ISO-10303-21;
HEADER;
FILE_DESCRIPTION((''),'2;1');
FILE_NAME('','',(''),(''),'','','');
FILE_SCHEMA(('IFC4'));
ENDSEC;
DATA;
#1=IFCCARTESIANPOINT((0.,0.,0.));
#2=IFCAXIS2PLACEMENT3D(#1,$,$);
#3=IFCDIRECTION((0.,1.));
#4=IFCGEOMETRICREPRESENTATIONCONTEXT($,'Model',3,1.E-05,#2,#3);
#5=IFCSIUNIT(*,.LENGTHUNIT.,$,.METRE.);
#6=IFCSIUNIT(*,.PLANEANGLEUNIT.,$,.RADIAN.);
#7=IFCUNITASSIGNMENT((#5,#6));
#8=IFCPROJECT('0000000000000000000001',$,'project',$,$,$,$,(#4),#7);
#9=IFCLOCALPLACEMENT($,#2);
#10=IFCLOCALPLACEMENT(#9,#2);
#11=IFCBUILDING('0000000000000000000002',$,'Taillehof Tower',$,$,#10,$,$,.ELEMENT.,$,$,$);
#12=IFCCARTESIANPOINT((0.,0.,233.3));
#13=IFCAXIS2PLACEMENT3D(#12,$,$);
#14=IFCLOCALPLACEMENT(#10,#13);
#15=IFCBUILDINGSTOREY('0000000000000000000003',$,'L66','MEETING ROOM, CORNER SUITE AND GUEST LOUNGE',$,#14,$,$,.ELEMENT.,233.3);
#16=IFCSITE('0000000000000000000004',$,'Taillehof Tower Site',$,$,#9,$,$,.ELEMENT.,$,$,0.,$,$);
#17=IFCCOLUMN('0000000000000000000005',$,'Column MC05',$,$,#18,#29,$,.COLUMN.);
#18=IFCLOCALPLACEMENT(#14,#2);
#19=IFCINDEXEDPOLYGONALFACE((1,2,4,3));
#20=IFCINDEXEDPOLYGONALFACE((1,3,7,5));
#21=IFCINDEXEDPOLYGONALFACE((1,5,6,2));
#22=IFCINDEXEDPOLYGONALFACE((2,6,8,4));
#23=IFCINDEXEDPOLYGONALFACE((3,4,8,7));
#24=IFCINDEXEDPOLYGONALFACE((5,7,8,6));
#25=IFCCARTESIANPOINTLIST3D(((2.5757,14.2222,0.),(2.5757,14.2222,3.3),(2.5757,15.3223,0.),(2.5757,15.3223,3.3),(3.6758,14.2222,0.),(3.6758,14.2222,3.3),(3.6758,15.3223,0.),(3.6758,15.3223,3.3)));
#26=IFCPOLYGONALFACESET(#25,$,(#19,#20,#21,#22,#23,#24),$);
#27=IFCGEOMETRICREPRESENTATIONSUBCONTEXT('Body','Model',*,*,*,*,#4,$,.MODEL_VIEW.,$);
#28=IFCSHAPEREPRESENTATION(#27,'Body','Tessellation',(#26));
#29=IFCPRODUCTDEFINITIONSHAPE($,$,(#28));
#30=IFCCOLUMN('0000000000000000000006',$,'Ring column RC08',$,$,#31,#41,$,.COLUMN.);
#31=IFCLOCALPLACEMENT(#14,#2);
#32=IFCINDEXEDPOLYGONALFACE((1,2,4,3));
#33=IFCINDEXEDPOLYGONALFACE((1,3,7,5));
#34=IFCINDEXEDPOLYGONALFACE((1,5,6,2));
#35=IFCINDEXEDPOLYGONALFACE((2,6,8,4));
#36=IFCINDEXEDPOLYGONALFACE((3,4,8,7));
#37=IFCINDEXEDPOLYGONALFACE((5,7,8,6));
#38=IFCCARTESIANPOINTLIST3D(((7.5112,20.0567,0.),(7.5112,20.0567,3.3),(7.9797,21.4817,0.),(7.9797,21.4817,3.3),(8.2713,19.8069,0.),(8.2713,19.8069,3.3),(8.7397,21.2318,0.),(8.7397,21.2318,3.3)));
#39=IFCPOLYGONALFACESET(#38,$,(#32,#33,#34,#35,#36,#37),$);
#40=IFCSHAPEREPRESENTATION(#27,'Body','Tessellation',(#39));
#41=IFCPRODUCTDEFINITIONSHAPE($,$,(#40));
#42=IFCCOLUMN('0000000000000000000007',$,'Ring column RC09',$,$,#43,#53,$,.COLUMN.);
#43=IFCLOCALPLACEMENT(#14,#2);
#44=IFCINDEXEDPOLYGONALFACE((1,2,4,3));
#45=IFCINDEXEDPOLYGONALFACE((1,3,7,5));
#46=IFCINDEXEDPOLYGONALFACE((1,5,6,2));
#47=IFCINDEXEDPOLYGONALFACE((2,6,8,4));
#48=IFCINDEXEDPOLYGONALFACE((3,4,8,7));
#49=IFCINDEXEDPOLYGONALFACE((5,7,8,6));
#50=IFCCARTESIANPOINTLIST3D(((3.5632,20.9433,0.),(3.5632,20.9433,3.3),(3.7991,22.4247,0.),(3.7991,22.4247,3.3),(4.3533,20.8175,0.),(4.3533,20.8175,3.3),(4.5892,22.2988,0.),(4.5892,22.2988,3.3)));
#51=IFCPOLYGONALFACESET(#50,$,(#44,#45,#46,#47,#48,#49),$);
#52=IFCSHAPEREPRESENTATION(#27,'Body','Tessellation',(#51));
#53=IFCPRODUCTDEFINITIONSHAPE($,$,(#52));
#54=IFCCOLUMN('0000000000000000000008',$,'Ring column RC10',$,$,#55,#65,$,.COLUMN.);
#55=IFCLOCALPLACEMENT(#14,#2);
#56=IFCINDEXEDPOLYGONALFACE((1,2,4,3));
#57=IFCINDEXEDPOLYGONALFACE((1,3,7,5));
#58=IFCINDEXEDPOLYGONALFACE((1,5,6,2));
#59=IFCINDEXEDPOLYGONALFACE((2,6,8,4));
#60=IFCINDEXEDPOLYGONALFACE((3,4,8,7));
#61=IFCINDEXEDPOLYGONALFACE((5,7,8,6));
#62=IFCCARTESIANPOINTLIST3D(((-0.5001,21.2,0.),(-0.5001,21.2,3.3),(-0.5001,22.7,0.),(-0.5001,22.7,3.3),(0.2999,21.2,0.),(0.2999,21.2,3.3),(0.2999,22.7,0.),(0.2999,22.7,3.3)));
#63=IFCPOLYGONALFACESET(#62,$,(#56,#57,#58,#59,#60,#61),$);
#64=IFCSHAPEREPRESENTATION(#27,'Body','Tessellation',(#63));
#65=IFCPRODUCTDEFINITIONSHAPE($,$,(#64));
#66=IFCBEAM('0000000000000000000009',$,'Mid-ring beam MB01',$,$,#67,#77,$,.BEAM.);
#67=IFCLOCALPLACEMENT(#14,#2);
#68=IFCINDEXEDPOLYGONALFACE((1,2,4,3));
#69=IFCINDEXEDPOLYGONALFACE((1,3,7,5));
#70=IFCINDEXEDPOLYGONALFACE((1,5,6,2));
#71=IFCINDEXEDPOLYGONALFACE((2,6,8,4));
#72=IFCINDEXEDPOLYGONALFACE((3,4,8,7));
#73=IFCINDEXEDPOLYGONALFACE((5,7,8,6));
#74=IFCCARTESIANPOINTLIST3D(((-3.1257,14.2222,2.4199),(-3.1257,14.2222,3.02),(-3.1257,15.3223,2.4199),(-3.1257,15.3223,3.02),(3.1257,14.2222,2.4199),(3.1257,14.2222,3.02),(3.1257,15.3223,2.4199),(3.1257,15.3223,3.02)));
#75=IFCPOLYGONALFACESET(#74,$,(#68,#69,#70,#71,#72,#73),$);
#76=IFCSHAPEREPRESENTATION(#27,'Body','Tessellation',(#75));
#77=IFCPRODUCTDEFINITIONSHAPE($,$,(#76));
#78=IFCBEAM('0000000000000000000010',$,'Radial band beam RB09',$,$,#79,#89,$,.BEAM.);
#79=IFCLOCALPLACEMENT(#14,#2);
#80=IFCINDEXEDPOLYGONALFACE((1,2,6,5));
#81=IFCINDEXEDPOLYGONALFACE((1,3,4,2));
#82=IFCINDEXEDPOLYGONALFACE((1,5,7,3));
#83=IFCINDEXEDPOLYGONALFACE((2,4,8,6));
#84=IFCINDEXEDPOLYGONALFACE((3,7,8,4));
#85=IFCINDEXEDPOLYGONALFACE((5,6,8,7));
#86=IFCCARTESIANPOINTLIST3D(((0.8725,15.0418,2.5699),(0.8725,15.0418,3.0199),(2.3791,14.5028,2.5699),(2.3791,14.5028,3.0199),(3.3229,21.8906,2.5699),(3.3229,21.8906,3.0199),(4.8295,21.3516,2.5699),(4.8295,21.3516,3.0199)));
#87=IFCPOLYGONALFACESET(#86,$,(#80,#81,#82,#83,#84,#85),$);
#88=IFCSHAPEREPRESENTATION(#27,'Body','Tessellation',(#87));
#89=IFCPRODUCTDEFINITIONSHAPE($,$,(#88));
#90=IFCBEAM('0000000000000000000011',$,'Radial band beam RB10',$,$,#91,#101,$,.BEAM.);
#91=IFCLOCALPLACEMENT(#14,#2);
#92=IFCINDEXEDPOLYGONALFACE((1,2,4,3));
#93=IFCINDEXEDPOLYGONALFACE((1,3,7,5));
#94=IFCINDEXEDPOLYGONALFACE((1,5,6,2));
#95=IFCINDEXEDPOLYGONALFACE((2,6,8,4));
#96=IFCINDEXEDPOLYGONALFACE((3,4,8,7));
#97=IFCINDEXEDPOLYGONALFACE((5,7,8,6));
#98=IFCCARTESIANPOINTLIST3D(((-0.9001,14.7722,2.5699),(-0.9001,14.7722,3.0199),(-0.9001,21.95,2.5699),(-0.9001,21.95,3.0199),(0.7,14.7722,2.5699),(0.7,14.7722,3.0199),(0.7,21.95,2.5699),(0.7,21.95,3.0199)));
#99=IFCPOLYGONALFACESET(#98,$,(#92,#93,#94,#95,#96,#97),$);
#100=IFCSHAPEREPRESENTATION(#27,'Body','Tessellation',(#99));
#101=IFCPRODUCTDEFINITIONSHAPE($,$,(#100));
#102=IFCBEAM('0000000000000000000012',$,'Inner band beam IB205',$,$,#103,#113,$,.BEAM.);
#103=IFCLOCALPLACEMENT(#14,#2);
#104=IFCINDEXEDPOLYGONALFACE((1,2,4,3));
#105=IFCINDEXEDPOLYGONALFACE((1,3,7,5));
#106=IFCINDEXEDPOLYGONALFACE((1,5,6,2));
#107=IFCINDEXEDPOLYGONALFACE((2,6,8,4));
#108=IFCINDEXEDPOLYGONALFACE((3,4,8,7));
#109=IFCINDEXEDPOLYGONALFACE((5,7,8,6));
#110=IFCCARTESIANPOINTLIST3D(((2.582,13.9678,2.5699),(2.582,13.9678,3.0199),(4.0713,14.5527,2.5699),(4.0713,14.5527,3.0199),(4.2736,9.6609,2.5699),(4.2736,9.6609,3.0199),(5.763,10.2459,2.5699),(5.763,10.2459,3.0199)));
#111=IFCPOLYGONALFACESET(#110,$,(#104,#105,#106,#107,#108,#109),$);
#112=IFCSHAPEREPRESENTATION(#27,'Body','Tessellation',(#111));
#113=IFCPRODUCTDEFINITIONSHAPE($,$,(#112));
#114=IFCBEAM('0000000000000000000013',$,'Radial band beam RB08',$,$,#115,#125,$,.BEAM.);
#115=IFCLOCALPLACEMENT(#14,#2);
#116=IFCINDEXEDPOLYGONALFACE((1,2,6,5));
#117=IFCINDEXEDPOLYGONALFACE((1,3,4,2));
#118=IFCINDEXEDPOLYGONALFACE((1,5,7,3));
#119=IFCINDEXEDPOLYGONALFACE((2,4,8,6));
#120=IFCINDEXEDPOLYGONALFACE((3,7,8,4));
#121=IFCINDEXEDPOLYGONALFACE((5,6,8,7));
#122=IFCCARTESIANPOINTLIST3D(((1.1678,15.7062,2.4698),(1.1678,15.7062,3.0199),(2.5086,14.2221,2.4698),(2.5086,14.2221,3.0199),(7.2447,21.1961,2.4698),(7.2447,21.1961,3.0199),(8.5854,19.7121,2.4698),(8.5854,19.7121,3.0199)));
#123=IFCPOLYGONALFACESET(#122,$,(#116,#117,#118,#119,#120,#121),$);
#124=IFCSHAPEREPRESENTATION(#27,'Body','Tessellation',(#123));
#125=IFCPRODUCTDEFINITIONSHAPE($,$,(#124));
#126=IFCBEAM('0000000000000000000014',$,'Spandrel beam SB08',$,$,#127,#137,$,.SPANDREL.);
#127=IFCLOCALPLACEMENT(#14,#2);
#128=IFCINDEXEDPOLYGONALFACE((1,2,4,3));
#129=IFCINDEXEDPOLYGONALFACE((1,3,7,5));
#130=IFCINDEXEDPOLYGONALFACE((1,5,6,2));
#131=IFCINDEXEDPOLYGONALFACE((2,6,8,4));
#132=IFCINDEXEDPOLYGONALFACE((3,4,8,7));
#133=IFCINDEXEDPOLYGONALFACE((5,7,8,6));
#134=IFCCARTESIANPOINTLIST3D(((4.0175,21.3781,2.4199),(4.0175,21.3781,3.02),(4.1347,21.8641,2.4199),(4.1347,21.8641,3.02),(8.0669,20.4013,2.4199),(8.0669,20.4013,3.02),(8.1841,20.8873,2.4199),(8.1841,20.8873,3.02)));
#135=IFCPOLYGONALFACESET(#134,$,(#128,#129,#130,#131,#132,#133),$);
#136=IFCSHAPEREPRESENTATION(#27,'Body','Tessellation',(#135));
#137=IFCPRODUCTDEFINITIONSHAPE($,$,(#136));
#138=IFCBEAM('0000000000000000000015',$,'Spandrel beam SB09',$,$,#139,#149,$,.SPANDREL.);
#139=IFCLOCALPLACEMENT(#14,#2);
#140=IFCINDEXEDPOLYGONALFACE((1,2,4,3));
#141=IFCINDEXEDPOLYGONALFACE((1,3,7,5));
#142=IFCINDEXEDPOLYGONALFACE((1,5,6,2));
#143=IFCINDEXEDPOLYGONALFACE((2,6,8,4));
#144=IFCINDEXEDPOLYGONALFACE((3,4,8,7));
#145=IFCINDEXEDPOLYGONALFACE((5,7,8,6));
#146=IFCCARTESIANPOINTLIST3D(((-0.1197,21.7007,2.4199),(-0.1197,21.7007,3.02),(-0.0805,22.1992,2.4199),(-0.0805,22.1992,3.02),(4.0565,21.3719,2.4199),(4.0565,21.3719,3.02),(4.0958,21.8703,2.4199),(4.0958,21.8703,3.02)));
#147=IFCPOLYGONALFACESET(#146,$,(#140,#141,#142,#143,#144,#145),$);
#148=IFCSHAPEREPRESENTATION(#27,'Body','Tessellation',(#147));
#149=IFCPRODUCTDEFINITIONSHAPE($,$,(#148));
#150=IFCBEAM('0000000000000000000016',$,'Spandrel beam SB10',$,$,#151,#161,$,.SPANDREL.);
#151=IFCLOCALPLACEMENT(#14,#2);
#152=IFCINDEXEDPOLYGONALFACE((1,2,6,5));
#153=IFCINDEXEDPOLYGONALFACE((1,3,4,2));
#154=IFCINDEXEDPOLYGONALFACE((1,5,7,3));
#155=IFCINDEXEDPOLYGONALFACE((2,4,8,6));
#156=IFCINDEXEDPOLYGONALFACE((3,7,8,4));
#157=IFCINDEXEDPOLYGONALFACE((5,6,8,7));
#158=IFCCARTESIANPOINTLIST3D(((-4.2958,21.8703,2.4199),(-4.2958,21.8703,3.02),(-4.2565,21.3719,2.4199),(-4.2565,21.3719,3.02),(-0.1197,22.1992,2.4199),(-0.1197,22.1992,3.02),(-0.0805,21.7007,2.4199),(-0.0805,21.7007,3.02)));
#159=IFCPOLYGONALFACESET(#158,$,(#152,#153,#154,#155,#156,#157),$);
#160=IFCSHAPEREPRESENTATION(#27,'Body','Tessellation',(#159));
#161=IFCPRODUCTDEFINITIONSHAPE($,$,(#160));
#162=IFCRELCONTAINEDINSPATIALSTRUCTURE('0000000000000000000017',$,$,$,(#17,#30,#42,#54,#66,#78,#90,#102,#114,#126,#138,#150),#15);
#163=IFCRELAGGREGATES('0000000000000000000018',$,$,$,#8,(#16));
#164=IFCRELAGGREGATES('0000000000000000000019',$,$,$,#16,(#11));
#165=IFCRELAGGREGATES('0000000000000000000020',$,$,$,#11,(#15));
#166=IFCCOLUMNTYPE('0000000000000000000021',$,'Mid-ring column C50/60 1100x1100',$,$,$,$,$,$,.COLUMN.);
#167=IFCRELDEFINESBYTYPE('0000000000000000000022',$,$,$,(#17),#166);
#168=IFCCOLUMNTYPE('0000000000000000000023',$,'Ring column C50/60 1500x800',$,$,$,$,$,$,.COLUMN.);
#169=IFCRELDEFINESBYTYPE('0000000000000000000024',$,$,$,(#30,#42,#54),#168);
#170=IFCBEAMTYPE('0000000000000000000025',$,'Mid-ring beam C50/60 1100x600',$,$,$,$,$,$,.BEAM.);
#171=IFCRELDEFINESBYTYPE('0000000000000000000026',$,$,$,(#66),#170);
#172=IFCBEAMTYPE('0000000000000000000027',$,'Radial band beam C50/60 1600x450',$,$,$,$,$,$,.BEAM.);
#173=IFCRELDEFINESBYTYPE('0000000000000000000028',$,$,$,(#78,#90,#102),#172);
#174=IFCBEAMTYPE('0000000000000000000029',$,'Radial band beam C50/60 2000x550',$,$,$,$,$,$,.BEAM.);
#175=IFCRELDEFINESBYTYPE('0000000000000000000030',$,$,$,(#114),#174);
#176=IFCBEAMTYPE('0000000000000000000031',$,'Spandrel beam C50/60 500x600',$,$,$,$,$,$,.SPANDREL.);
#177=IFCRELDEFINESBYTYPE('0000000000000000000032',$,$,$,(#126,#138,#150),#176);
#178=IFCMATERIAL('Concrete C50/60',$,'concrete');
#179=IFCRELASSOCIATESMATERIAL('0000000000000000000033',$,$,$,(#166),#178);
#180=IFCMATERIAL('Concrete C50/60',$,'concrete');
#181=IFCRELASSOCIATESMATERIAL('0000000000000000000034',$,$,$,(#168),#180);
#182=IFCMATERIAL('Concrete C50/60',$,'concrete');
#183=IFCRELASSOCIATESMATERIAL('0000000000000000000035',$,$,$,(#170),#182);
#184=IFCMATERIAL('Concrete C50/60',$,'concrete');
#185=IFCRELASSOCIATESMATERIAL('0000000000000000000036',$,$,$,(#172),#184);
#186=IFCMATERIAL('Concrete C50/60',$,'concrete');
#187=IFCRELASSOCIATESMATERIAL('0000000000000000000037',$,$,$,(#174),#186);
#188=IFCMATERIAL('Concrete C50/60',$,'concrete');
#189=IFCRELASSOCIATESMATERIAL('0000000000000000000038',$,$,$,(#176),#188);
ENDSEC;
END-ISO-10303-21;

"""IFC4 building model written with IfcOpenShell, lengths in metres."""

from ifc_helpers import new_model, si_unit, direction, frame, origin, origin_2d, place, context, subcontext, project, spatial, rectangle, extrude, material, material_profile, profile_set, type_object, element, save


model = new_model("IFC4")

# Units and contexts
model_context = context("Model", 3, precision=1e-05, world=origin(), true_north=direction((0.0, 1.0)))
body_context = subcontext(model_context, "Body", "Model", "MODEL_VIEW")
ifc_project = project(units=[si_unit("LENGTHUNIT", "METRE"), si_unit("PLANEANGLEUNIT", "RADIAN")], contexts=[model_context])

# Site, building, storey
site_placement = place(None, origin())
site = spatial("IfcSite", under=ifc_project, at=site_placement, Name="Taillehof Tower Site", CompositionType="ELEMENT", RefElevation=0.0)
building_placement = place(site_placement, origin())
building = spatial("IfcBuilding", under=site, at=building_placement, Name="Taillehof Tower", CompositionType="ELEMENT")
storey_placement = place(building_placement, frame((0.0, 0.0, 233.3)))
storey = spatial("IfcBuildingStorey", under=building, at=storey_placement, Name="L66", Description="MEETING ROOM, CORNER SUITE AND GUEST LOUNGE", CompositionType="ELEMENT", Elevation=233.3)

# Columns
ifc_material_1 = material(Name="Concrete C50/60", Category="concrete")
ifc_material_profile_1 = material_profile(ifc_material_1, rectangle(XDim=1.1001, YDim=1.1001, at=origin_2d()), Name="RC 1100x1100")
ifc_profile_set_1 = profile_set([ifc_material_profile_1], Name="Concrete C50/60")
column_type_1 = type_object("IfcColumnType", Name="Mid-ring column C50/60 1100x1100", PredefinedType="COLUMN", material=ifc_profile_set_1)
column_placement = place(storey_placement, frame((3.1257, 14.7722, 0.0), z_axis=(0.0, 0.0, 1.0), x_axis=(1.0, 0.0, 0.0)))
element("IfcColumn", 1, at=column_placement, inside=storey, type_object=column_type_1, Name="Column MC05", PredefinedType="COLUMN", context=body_context, shape_type="SweptSolid", body=[
    extrude(rectangle(XDim=1.1001, YDim=1.1001, at=origin_2d()), origin(), (0.0, 0.0, 1.0), 3.3),
])
ifc_material_2 = material(Name="Concrete C50/60", Category="concrete")
ifc_material_profile_2 = material_profile(ifc_material_2, rectangle(XDim=1.5, YDim=0.8, at=origin_2d()), Name="RC 1500x800")
ifc_profile_set_2 = profile_set([ifc_material_profile_2], Name="Concrete C50/60")
column_type_2 = type_object("IfcColumnType", Name="Ring column C50/60 1500x800", PredefinedType="COLUMN", material=ifc_profile_set_2)
for number, where, z_axis, x_axis, name in (
    (2, (8.1255, 20.6443, 0.0), (0.0, 0.0, 1.0), (0.312304, 0.949982, 0.0), "Ring column RC08"),
    (3, (4.0762, 21.6211, 0.0), (0.0, 0.0, 1.0), (0.157281, 0.987554, 0.0), "Ring column RC09"),
    (4, (-0.1001, 21.95, 0.0), (0.0, 0.0, 1.0), (0.0, 1.0, 0.0), "Ring column RC10"),
):
    element("IfcColumn", number, at=place(storey_placement, frame(where, z_axis=z_axis, x_axis=x_axis)), inside=storey, type_object=column_type_2, Name=name, PredefinedType="COLUMN", context=body_context, shape_type="SweptSolid", body=[
        extrude(rectangle(XDim=1.5, YDim=0.8, at=origin_2d()), origin(), (0.0, 0.0, 1.0), 3.3),
    ])

# Beams
ifc_material_3 = material(Name="Concrete C50/60", Category="concrete")
ifc_material_profile_3 = material_profile(ifc_material_3, rectangle(XDim=1.1001, YDim=0.6001, at=origin_2d()), Name="RC 1100x600")
ifc_profile_set_3 = profile_set([ifc_material_profile_3], Name="Concrete C50/60")
beam_type_1 = type_object("IfcBeamType", Name="Mid-ring beam C50/60 1100x600", PredefinedType="BEAM", material=ifc_profile_set_3)
beam_1_placement = place(storey_placement, frame((3.1257, 14.7722, 2.72), z_axis=(-1.0, 0.0, 0.0), x_axis=(0.0, -1.0, 0.0)))
element("IfcBeam", 5, at=beam_1_placement, inside=storey, type_object=beam_type_1, Name="Mid-ring beam MB01", PredefinedType="BEAM", context=body_context, shape_type="SweptSolid", body=[
    extrude(rectangle(XDim=1.1001, YDim=0.6001, at=origin_2d()), origin(), (0.0, 0.0, 1.0), 6.2515),
])
ifc_material_4 = material(Name="Concrete C50/60", Category="concrete")
ifc_material_profile_4 = material_profile(ifc_material_4, rectangle(XDim=1.6001, YDim=0.45, at=origin_2d()), Name="RC 1600x450")
ifc_profile_set_4 = profile_set([ifc_material_profile_4], Name="Concrete C50/60")
beam_type_2 = type_object("IfcBeamType", Name="Radial band beam C50/60 1600x450", PredefinedType="BEAM", material=ifc_profile_set_4)
beam_2_placement = place(storey_placement, frame((4.0762, 21.6211, 2.7949), z_axis=(-0.336874, -0.94155, 0.0), x_axis=(0.94155, -0.336874, 0.0)))
element("IfcBeam", 6, at=beam_2_placement, inside=storey, type_object=beam_type_2, Name="Radial band beam RB09", PredefinedType="BEAM", context=body_context, shape_type="SweptSolid", body=[
    extrude(rectangle(XDim=1.6001, YDim=0.45, at=origin_2d()), origin(), (0.0, 0.0, 1.0), 7.2739),
])
beam_3_placement = place(storey_placement, frame((-0.1001, 21.95, 2.7949), z_axis=(0.0, -1.0, 0.0), x_axis=(1.0, 0.0, 0.0)))
element("IfcBeam", 7, at=beam_3_placement, inside=storey, type_object=beam_type_2, Name="Radial band beam RB10", PredefinedType="BEAM", context=body_context, shape_type="SweptSolid", body=[
    extrude(rectangle(XDim=1.6001, YDim=0.45, at=origin_2d()), origin(), (0.0, 0.0, 1.0), 7.1777),
])
beam_4_placement = place(storey_placement, frame((3.3267, 14.2603, 2.7949), z_axis=(0.365589, -0.930777, 0.0), x_axis=(0.930777, 0.365589, 0.0)))
element("IfcBeam", 8, at=beam_4_placement, inside=storey, type_object=beam_type_2, Name="Inner band beam IB205", PredefinedType="BEAM", context=body_context, shape_type="SweptSolid", body=[
    extrude(rectangle(XDim=1.6001, YDim=0.45, at=origin_2d()), origin(), (0.0, 0.0, 1.0), 4.6272),
])
ifc_material_5 = material(Name="Concrete C50/60", Category="concrete")
ifc_material_profile_5 = material_profile(ifc_material_5, rectangle(XDim=2.0, YDim=0.55, at=origin_2d()), Name="RC 2000x550")
ifc_profile_set_5 = profile_set([ifc_material_profile_5], Name="Concrete C50/60")
beam_type_3 = type_object("IfcBeamType", Name="Radial band beam C50/60 2000x550", PredefinedType="BEAM", material=ifc_profile_set_5)
beam_5_placement = place(storey_placement, frame((7.915, 20.4541, 2.7449), z_axis=(-0.742031, -0.670365, 0.0), x_axis=(0.670365, -0.742031, 0.0)))
element("IfcBeam", 9, at=beam_5_placement, inside=storey, type_object=beam_type_3, Name="Radial band beam RB08", PredefinedType="BEAM", context=body_context, shape_type="SweptSolid", body=[
    extrude(rectangle(XDim=2.0, YDim=0.55, at=origin_2d()), origin(), (0.0, 0.0, 1.0), 8.1895),
])
ifc_material_6 = material(Name="Concrete C50/60", Category="concrete")
ifc_material_profile_6 = material_profile(ifc_material_6, rectangle(XDim=0.5, YDim=0.6001, at=origin_2d()), Name="RC 500x600")
ifc_profile_set_6 = profile_set([ifc_material_profile_6], Name="Concrete C50/60")
beam_type_4 = type_object("IfcBeamType", Name="Spandrel beam C50/60 500x600", PredefinedType="SPANDREL", material=ifc_profile_set_6)
beam_6_placement = place(storey_placement, frame((8.1255, 20.6443, 2.72), z_axis=(-0.972116, 0.234501, 0.0), x_axis=(-0.234501, -0.972116, 0.0)))
element("IfcBeam", 10, at=beam_6_placement, inside=storey, type_object=beam_type_4, Name="Spandrel beam SB08", PredefinedType="SPANDREL", context=body_context, shape_type="SweptSolid", body=[
    extrude(rectangle(XDim=0.5, YDim=0.6001, at=origin_2d()), origin(), (0.0, 0.0, 1.0), 4.1655),
])
beam_7_placement = place(storey_placement, frame((4.0762, 21.6211, 2.72), z_axis=(-0.996914, 0.078501, 0.0), x_axis=(-0.078501, -0.996914, 0.0)))
element("IfcBeam", 11, at=beam_7_placement, inside=storey, type_object=beam_type_4, Name="Spandrel beam SB09", PredefinedType="SPANDREL", context=body_context, shape_type="SweptSolid", body=[
    extrude(rectangle(XDim=0.5, YDim=0.6001, at=origin_2d()), origin(), (0.0, 0.0, 1.0), 4.1892),
])
beam_8_placement = place(storey_placement, frame((-0.1001, 21.95, 2.72), z_axis=(-0.996914, -0.078506, 0.0), x_axis=(0.078506, -0.996914, 0.0)))
element("IfcBeam", 12, at=beam_8_placement, inside=storey, type_object=beam_type_4, Name="Spandrel beam SB10", PredefinedType="SPANDREL", context=body_context, shape_type="SweptSolid", body=[
    extrude(rectangle(XDim=0.5, YDim=0.6001, at=origin_2d()), origin(), (0.0, 0.0, 1.0), 4.189),
])

save(model, "model.ifc")
